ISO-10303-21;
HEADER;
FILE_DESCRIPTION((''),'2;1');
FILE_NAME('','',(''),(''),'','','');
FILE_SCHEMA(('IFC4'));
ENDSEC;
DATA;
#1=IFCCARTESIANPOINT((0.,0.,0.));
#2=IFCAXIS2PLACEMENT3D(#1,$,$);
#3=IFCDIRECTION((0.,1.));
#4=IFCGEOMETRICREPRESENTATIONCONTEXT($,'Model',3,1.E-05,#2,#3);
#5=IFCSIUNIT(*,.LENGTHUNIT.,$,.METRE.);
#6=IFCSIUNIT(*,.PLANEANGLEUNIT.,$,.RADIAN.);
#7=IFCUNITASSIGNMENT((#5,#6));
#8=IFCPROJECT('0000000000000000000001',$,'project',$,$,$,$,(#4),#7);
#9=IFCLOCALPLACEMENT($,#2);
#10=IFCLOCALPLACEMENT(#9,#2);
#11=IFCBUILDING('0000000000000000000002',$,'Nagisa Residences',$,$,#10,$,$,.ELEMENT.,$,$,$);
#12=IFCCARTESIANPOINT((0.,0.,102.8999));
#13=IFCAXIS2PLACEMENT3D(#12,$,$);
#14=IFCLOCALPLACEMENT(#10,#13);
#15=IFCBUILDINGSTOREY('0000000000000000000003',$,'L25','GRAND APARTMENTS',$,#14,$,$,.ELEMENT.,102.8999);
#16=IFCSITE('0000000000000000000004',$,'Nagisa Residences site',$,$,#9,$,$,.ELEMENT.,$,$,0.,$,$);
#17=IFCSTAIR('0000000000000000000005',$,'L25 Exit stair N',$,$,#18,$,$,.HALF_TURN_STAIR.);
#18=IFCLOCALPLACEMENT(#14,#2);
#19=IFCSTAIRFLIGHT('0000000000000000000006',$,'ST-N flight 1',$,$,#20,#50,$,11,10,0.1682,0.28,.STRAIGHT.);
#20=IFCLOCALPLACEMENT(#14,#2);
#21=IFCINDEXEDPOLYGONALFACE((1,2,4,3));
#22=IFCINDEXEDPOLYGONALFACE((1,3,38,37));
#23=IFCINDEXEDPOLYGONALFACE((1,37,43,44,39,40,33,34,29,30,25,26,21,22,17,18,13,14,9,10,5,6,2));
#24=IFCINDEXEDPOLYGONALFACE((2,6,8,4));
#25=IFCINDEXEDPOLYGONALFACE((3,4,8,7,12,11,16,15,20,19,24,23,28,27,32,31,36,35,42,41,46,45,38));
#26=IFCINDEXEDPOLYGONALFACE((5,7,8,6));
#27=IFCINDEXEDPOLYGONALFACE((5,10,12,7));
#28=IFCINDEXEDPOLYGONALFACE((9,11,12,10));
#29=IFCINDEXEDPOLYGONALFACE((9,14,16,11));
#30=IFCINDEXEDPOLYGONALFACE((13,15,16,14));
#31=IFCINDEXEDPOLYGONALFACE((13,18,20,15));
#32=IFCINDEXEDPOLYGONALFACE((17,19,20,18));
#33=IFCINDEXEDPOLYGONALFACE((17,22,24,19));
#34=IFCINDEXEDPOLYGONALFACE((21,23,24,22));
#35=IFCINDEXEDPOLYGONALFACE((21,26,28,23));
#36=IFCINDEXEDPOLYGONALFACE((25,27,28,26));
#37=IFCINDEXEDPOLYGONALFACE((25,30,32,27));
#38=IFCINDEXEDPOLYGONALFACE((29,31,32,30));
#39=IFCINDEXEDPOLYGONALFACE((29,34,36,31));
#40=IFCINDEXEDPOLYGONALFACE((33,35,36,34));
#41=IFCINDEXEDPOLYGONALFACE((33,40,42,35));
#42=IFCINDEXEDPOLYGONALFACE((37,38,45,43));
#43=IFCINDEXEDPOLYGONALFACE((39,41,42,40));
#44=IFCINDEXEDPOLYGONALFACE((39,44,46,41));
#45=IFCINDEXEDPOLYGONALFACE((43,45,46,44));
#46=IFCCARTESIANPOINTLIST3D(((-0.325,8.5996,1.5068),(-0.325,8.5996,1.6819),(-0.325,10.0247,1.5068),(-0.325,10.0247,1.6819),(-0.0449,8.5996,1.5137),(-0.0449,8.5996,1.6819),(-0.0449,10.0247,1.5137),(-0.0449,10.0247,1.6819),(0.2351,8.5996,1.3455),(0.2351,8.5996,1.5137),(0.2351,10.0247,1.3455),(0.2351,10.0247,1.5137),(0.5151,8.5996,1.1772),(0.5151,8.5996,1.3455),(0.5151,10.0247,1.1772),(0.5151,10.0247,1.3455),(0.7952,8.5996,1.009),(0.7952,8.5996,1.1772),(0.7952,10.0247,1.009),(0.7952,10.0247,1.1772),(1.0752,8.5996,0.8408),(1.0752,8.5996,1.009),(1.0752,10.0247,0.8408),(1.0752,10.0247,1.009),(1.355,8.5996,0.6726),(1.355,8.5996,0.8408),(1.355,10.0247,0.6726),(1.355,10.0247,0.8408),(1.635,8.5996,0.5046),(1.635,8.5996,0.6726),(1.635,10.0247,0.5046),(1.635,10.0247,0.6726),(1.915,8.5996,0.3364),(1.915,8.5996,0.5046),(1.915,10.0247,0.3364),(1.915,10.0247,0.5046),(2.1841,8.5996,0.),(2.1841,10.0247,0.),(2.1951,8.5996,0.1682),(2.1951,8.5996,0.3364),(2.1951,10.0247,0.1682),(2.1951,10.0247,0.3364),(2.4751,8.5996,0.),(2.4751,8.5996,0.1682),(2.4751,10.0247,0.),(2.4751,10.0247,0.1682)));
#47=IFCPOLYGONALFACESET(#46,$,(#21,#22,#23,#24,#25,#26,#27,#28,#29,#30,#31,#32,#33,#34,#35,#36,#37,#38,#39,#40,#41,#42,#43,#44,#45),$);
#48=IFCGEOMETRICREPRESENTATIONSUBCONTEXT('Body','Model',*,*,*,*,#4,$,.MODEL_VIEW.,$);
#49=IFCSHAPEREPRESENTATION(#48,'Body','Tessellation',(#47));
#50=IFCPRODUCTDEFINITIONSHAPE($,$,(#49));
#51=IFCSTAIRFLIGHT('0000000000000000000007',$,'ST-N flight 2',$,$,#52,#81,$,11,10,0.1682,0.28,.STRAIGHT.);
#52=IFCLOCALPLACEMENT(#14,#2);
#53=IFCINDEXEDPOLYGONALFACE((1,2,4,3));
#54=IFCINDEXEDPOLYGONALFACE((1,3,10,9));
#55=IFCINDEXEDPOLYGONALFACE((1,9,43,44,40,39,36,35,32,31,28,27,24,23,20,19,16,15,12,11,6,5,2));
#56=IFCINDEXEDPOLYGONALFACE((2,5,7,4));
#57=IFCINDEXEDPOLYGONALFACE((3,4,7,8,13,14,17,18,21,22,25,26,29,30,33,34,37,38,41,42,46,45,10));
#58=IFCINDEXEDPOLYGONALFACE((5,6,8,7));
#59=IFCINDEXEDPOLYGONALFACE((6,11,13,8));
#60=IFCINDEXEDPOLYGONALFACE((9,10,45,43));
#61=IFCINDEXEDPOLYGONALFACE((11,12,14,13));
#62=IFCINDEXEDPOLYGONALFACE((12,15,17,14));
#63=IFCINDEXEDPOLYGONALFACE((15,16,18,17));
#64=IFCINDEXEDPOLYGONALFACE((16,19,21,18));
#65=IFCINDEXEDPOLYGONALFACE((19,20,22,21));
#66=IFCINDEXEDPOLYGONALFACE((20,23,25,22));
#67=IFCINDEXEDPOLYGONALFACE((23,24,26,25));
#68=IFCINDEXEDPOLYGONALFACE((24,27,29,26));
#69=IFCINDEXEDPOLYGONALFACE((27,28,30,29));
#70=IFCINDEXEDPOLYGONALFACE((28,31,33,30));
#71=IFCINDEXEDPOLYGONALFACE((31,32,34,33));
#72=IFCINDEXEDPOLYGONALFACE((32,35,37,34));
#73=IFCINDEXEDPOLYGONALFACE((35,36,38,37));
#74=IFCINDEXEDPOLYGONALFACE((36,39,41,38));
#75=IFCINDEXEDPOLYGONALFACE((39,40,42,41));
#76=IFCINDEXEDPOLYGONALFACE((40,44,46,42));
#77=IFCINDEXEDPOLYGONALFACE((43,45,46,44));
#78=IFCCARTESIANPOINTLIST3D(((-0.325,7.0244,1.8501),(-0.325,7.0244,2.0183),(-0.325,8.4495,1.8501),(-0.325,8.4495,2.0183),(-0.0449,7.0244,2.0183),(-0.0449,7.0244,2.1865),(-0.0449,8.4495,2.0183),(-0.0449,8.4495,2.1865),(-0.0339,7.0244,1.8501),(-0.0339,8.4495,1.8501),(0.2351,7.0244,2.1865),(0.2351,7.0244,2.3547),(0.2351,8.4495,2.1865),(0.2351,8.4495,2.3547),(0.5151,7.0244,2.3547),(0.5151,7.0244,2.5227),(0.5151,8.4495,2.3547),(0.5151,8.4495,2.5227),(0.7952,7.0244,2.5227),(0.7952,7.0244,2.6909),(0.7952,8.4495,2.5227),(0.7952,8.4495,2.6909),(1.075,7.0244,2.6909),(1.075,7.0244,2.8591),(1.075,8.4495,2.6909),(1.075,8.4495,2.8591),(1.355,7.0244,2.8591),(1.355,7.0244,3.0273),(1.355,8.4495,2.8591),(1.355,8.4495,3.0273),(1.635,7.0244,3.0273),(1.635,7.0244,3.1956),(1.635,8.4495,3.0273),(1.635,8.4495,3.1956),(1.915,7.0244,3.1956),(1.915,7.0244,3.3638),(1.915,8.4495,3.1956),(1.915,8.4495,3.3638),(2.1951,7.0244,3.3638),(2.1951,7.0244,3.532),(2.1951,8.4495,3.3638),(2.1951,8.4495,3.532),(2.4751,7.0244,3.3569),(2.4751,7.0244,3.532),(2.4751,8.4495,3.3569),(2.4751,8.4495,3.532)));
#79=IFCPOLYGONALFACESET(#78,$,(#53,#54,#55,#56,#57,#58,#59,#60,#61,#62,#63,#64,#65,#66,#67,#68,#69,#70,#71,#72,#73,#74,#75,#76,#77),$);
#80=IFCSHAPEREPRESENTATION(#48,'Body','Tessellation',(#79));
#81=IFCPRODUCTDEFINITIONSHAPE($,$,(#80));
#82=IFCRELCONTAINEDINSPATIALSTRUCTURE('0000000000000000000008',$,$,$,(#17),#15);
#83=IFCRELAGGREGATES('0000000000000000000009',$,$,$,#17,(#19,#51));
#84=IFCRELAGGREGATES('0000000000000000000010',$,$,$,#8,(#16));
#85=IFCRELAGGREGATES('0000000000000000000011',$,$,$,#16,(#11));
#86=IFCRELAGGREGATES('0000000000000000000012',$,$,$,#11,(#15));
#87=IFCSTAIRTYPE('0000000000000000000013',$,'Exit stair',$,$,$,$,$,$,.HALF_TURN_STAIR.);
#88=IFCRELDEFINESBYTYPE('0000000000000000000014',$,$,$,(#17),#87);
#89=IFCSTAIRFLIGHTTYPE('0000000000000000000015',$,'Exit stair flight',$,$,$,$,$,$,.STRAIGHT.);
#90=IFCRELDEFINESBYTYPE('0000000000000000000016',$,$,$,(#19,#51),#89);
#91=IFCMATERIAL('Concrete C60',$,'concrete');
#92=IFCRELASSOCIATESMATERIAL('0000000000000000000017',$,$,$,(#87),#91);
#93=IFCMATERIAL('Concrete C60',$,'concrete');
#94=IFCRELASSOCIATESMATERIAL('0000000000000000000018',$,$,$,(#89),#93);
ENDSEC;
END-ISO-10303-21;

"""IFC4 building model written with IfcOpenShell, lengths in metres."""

from ifc_helpers import new_model, si_unit, direction, frame, origin, place, context, subcontext, project, spatial, polyline, outline, extrude, material, type_object, element, aggregate, save


model = new_model("IFC4")

# Units and contexts
model_context = context("Model", 3, precision=1e-05, world=origin(), true_north=direction((0.0, 1.0)))
body_context = subcontext(model_context, "Body", "Model", "MODEL_VIEW")
ifc_project = project(units=[si_unit("LENGTHUNIT", "METRE"), si_unit("PLANEANGLEUNIT", "RADIAN")], contexts=[model_context])

# Site, building, storey
site_placement = place(None, origin())
site = spatial("IfcSite", under=ifc_project, at=site_placement, Name="Nagisa Residences site", CompositionType="ELEMENT", RefElevation=0.0)
building_placement = place(site_placement, origin())
building = spatial("IfcBuilding", under=site, at=building_placement, Name="Nagisa Residences", CompositionType="ELEMENT")
storey_placement = place(building_placement, frame((0.0, 0.0, 102.8999)))
storey = spatial("IfcBuildingStorey", under=building, at=storey_placement, Name="L25", Description="GRAND APARTMENTS", CompositionType="ELEMENT", Elevation=102.8999)

# Stair
ifc_material_1 = material(Name="Concrete C60", Category="concrete")
stair_type = type_object("IfcStairType", Name="Exit stair", PredefinedType="HALF_TURN_STAIR", material=ifc_material_1)
stair_1_placement = place(storey_placement, origin())
stair_1 = element("IfcStair", 1, at=stair_1_placement, inside=storey, type_object=stair_type, Name="L25 Exit stair N", PredefinedType="HALF_TURN_STAIR")

# Stair flights
ifc_material_2 = material(Name="Concrete C60", Category="concrete")
stair_flight_type = type_object("IfcStairFlightType", Name="Exit stair flight", PredefinedType="STRAIGHT", material=ifc_material_2)
stair_flight_1_placement = place(storey_placement, frame((2.4751, 9.312, 0.0), z_axis=(0.0, 0.0, 1.0), x_axis=(-1.0, 0.0, 0.0)))
stair_flight_1 = element("IfcStairFlight", 2, at=stair_flight_1_placement, type_object=stair_flight_type, Name="ST-N flight 1", NumberOfRisers=11, NumberOfTreads=10, PredefinedType="STRAIGHT", RiserHeight=0.1682, TreadLength=0.28, context=body_context, shape_type="SweptSolid", body=[
    extrude(outline(polyline([(0.0, 0.0), (0.0, 0.1682), (0.28, 0.1682), (0.28, 0.3364), (0.5601, 0.3364), (0.5601, 0.5046), (0.8401, 0.5046), (0.8401, 0.6726), (1.1201, 0.6726), (1.1201, 0.8408), (1.3999, 0.8408), (1.3999, 1.009), (1.6799, 1.009), (1.6799, 1.1772), (1.96, 1.1772), (1.96, 1.3455), (2.24, 1.3455), (2.24, 1.5137), (2.52, 1.5137), (2.52, 1.6819), (2.8, 1.6819), (2.8, 1.8501), (2.8, 1.5068), (0.291, 0.0), (0.0, 0.0)])), frame((0.0, 0.7124, 0.0), z_axis=(0.0, -1.0, 0.0), x_axis=(1.0, 0.0, 0.0)), (0.0, 0.0, 1.0), 1.425),
])
stair_flight_2_placement = place(storey_placement, frame((-0.325, 7.7371, 1.8501), z_axis=(0.0, 0.0, 1.0), x_axis=(1.0, 0.0, 0.0)))
stair_flight_2 = element("IfcStairFlight", 3, at=stair_flight_2_placement, type_object=stair_flight_type, Name="ST-N flight 2", NumberOfRisers=11, NumberOfTreads=10, PredefinedType="STRAIGHT", RiserHeight=0.1682, TreadLength=0.28, context=body_context, shape_type="SweptSolid", body=[
    extrude(outline(polyline([(0.0, 0.0), (0.0, 0.1682), (0.28, 0.1682), (0.28, 0.3364), (0.5601, 0.3364), (0.5601, 0.5046), (0.8401, 0.5046), (0.8401, 0.6726), (1.1201, 0.6726), (1.1201, 0.8408), (1.3999, 0.8408), (1.3999, 1.009), (1.6799, 1.009), (1.6799, 1.1772), (1.96, 1.1772), (1.96, 1.3455), (2.24, 1.3455), (2.24, 1.5137), (2.52, 1.5137), (2.52, 1.6819), (2.8, 1.6819), (2.8, 1.8501), (2.8, 1.5068), (0.291, 0.0), (0.0, 0.0)])), frame((0.0, 0.7124, 0.0), z_axis=(0.0, -1.0, 0.0), x_axis=(1.0, 0.0, 0.0)), (0.0, 0.0, 1.0), 1.425),
])
aggregate(stair_1, [stair_flight_1, stair_flight_2])

save(model, "model.ifc")
